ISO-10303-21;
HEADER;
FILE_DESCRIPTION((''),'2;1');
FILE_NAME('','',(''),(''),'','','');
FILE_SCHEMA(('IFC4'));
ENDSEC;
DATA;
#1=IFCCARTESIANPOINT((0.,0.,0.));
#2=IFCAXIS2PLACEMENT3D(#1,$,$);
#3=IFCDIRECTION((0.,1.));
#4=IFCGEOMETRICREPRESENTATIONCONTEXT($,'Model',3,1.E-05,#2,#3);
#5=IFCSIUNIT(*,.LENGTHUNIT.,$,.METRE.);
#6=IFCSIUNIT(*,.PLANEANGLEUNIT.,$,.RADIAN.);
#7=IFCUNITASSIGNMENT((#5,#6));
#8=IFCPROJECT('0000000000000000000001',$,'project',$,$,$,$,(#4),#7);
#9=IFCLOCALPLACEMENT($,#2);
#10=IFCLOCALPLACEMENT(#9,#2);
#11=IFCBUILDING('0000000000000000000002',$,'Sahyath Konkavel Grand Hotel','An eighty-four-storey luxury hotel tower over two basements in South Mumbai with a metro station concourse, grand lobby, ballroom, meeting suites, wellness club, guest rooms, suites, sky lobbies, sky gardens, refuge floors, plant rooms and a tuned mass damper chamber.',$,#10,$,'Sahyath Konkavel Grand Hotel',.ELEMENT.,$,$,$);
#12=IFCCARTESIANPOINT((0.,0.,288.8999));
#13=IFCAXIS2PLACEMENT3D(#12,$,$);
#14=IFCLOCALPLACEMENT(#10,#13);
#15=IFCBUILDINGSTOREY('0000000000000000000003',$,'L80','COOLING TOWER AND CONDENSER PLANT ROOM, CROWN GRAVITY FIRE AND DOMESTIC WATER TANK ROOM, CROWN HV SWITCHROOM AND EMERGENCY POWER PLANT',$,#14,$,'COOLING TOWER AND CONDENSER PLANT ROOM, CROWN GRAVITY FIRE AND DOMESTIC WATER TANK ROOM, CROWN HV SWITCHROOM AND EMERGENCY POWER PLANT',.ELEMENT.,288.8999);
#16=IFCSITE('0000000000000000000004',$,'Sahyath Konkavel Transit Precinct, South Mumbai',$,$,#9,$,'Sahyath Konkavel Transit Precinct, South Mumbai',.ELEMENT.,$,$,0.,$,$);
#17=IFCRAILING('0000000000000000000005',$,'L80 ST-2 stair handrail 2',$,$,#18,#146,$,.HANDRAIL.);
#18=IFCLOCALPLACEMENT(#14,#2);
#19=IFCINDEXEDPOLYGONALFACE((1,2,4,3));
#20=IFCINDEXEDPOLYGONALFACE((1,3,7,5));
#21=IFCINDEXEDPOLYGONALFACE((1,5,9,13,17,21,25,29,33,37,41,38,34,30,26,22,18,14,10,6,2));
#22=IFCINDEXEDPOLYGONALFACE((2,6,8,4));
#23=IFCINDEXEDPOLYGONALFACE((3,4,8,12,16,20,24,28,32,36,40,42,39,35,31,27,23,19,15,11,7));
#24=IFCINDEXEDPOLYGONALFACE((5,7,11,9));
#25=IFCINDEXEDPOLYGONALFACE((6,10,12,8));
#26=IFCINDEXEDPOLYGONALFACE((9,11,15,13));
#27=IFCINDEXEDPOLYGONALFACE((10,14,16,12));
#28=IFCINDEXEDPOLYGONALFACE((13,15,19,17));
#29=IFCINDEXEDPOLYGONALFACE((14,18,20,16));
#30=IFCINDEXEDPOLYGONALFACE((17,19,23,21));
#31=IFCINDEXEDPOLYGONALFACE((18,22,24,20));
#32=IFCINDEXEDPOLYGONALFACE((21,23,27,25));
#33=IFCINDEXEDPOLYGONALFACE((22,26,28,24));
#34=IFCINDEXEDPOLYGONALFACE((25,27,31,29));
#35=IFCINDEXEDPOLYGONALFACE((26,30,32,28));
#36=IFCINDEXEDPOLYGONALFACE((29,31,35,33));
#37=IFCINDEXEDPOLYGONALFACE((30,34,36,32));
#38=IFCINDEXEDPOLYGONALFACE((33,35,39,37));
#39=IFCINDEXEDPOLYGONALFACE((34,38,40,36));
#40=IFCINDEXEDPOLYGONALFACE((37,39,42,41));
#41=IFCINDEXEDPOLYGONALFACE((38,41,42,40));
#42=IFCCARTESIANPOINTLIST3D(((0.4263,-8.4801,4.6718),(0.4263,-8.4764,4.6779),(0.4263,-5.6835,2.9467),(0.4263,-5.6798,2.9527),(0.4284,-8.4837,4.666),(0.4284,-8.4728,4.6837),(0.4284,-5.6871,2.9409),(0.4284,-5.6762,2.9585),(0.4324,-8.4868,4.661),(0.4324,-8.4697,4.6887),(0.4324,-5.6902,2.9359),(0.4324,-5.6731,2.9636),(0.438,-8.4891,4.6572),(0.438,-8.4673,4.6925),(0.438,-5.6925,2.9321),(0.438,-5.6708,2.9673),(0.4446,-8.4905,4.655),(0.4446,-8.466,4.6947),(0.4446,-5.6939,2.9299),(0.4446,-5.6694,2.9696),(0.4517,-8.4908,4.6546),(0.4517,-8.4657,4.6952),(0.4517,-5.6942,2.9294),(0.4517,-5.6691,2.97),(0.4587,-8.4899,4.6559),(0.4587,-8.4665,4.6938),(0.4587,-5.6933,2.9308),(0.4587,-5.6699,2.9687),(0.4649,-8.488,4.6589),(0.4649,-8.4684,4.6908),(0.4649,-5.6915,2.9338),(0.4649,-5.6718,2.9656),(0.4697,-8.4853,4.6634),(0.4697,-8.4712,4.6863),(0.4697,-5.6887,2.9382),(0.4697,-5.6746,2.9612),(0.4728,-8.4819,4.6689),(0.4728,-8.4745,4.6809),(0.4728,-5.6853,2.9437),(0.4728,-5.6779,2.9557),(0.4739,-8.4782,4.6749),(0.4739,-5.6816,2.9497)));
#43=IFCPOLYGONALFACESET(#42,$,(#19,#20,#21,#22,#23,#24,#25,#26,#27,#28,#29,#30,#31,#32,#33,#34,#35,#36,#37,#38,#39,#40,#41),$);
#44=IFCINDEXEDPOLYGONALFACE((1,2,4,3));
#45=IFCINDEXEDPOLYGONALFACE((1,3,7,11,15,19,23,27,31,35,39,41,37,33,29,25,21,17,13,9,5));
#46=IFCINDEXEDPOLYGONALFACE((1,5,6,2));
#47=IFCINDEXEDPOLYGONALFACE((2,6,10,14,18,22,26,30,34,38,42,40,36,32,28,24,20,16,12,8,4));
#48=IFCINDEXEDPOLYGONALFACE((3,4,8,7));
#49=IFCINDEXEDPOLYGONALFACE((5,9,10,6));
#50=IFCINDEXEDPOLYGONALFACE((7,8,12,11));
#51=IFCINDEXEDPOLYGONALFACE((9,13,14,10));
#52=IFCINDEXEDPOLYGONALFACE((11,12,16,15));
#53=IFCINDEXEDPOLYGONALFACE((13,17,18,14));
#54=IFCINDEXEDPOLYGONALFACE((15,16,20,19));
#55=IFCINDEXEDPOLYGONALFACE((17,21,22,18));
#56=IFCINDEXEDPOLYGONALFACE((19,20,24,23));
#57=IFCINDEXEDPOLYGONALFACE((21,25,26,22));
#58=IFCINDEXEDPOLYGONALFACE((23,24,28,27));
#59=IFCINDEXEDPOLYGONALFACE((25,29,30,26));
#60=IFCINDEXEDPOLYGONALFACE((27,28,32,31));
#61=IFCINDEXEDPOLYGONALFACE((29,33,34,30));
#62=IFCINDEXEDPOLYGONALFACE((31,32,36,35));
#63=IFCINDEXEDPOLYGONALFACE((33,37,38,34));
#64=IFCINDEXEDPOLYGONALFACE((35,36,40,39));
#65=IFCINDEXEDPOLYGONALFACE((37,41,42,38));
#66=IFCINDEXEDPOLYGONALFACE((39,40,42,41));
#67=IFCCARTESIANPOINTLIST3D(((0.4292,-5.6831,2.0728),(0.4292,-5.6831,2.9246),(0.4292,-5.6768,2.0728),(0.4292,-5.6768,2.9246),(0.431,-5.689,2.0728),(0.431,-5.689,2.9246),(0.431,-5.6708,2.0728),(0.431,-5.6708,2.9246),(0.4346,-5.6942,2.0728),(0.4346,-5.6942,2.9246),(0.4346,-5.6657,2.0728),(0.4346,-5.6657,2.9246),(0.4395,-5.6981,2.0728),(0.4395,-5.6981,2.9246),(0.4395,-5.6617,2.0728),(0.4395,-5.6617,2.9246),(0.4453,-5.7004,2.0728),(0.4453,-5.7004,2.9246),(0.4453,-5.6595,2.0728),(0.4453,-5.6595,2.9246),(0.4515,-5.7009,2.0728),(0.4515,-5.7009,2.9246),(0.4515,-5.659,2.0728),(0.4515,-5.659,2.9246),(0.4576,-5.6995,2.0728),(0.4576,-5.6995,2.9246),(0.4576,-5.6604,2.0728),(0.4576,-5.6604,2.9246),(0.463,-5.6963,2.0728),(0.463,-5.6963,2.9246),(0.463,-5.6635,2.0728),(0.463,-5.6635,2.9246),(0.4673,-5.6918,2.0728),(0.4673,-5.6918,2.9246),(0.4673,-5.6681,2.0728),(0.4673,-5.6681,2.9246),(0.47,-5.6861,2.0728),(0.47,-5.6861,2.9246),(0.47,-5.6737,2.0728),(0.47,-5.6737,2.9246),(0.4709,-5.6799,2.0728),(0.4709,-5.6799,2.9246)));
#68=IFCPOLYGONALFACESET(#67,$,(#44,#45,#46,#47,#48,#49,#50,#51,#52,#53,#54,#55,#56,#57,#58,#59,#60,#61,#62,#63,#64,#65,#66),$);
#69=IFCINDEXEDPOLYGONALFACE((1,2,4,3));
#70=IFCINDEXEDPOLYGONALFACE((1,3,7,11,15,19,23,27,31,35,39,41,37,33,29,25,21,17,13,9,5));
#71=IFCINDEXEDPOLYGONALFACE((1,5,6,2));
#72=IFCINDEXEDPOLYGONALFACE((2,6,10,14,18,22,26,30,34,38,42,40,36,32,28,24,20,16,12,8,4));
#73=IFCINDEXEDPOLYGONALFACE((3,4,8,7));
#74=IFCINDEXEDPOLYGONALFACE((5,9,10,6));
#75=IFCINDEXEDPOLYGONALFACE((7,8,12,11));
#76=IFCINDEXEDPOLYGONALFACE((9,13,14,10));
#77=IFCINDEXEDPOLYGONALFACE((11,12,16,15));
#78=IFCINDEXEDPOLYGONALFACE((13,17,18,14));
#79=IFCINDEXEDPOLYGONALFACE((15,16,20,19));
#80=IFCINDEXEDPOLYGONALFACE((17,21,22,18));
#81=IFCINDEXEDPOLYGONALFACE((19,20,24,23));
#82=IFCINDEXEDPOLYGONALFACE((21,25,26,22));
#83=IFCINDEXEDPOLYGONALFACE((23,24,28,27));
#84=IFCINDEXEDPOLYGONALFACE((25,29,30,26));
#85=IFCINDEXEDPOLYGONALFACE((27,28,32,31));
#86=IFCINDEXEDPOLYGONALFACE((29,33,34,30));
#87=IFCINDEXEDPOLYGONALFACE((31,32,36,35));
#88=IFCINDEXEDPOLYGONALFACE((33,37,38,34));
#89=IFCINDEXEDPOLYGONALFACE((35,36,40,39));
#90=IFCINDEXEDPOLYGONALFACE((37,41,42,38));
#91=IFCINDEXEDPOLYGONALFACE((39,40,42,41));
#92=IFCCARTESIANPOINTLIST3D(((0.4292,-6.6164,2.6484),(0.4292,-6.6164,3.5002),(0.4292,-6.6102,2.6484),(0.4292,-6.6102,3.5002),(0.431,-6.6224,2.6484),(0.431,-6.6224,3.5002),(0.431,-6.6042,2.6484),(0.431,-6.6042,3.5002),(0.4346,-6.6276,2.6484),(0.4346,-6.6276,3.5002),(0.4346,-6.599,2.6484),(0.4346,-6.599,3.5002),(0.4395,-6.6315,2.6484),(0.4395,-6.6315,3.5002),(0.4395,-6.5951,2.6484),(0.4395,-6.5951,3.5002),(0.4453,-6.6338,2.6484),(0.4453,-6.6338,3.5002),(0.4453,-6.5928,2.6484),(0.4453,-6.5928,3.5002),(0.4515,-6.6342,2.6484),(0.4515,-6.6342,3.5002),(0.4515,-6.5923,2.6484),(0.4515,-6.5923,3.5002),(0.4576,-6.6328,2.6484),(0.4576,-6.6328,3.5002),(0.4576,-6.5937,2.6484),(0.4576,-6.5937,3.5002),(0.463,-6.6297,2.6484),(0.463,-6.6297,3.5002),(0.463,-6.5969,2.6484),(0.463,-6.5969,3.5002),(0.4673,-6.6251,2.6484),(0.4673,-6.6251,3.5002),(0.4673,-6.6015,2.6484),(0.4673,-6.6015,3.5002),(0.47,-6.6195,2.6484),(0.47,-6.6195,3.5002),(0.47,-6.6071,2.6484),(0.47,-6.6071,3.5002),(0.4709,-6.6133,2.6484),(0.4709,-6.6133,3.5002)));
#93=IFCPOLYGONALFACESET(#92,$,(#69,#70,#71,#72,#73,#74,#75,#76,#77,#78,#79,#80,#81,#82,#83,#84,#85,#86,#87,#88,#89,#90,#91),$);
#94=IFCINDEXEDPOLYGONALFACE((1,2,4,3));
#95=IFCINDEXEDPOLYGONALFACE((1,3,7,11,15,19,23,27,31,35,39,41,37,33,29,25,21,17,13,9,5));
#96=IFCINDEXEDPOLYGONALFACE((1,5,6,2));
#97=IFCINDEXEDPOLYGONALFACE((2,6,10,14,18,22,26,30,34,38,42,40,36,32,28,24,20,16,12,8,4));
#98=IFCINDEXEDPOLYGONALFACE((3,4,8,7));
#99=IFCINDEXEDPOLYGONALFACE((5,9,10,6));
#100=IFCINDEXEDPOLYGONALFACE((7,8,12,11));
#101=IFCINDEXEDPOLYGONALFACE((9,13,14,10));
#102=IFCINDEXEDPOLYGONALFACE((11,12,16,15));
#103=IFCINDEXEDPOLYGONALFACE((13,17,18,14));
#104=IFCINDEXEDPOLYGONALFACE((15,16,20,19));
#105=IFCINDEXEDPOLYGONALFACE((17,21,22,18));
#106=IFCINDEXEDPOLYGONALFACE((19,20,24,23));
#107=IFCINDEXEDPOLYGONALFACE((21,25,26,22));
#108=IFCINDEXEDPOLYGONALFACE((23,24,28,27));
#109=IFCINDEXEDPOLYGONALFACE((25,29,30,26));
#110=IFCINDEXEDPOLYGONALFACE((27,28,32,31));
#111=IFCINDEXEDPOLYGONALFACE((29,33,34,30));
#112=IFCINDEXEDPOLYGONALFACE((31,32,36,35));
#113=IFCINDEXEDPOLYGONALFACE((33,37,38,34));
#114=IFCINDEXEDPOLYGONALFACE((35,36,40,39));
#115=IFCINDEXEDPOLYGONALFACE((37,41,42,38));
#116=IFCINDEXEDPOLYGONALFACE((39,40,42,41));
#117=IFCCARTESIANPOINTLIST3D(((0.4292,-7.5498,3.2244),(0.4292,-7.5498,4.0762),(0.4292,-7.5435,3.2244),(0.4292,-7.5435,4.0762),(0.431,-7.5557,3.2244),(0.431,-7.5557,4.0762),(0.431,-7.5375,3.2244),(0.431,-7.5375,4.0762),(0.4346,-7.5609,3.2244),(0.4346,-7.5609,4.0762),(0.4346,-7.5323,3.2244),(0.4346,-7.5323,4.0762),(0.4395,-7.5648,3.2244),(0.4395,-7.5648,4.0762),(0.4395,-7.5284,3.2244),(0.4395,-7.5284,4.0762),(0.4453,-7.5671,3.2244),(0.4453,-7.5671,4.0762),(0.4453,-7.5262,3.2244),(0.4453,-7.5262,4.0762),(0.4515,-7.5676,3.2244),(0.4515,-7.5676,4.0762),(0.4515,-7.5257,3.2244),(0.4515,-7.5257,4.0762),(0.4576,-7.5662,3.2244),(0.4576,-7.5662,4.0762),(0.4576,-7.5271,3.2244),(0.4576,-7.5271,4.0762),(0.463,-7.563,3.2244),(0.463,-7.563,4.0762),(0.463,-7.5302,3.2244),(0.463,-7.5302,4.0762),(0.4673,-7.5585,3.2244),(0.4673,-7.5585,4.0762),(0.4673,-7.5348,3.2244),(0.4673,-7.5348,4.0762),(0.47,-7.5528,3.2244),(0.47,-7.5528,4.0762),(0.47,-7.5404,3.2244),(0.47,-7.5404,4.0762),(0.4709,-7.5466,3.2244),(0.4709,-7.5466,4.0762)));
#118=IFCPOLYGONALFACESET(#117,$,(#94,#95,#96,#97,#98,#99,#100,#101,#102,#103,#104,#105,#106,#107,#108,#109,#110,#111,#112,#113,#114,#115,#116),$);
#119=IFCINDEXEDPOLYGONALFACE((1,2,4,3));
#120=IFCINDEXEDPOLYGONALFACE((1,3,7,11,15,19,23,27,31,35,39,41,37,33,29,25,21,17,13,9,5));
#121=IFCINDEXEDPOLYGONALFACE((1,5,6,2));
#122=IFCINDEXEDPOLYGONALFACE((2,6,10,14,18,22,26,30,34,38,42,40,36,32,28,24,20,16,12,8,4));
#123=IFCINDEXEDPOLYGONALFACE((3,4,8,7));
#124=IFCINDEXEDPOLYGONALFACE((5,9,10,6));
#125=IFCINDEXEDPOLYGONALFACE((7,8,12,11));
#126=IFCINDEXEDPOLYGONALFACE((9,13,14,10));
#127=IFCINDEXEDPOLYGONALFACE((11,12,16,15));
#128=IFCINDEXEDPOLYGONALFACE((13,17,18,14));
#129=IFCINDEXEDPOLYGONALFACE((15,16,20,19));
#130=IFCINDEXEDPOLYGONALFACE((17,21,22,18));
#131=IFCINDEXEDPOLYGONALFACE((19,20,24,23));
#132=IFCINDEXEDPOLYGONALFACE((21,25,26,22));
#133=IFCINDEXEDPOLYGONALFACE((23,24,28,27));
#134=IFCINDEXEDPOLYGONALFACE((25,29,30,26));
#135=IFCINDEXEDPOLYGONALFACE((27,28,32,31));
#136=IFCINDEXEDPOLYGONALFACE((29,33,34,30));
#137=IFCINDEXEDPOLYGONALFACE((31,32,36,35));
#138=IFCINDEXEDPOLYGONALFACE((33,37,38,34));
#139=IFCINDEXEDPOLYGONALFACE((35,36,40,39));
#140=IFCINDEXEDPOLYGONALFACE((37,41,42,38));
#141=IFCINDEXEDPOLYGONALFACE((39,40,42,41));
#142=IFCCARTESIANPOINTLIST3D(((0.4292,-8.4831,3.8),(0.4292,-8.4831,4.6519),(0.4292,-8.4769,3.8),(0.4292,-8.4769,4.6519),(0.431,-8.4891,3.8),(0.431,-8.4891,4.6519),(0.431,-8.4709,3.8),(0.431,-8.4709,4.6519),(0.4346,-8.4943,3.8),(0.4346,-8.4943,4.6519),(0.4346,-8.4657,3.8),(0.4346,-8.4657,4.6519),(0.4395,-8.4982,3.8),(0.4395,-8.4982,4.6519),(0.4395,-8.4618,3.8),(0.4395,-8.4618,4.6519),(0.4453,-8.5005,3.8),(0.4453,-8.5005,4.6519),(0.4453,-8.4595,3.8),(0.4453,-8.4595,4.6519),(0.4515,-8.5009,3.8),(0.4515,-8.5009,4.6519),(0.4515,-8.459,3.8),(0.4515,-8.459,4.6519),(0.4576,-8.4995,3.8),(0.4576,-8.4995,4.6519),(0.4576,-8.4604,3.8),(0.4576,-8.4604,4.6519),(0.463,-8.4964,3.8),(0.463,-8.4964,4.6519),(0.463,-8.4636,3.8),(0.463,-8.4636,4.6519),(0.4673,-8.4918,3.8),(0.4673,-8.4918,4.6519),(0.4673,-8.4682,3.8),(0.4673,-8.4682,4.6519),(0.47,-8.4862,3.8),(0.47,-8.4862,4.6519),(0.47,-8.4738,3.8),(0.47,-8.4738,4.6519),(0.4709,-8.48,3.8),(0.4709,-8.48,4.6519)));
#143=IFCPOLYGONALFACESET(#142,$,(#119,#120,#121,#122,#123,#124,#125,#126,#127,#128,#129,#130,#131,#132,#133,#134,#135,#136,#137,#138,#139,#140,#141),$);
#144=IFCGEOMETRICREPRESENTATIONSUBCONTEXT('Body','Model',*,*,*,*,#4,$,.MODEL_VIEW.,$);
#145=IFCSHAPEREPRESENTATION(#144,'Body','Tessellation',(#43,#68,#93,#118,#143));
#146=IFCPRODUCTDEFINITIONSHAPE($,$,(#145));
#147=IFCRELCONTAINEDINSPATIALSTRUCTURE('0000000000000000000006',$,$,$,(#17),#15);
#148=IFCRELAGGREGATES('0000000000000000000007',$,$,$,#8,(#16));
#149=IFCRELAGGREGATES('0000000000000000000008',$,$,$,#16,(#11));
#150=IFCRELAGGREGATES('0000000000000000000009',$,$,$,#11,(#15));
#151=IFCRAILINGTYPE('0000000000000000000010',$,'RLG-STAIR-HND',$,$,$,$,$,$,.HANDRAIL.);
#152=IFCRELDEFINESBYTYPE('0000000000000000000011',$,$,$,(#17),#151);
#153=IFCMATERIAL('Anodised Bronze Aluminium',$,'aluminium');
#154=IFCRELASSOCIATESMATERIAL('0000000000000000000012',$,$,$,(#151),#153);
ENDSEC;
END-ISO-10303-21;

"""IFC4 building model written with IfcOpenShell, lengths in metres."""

from ifc_helpers import new_model, si_unit, direction, frame, origin, origin_2d, place, context, subcontext, project, spatial, circle, extrude, material, type_object, element, save


model = new_model("IFC4")

# Units and contexts
model_context = context("Model", 3, precision=1e-05, world=origin(), true_north=direction((0.0, 1.0)))
body_context = subcontext(model_context, "Body", "Model", "MODEL_VIEW")
ifc_project = project(units=[si_unit("LENGTHUNIT", "METRE"), si_unit("PLANEANGLEUNIT", "RADIAN")], contexts=[model_context])

# Site, building, storey
site_placement = place(None, origin())
site = spatial("IfcSite", under=ifc_project, at=site_placement, Name="Sahyath Konkavel Transit Precinct, South Mumbai", LongName="Sahyath Konkavel Transit Precinct, South Mumbai", CompositionType="ELEMENT", RefElevation=0.0)
building_placement = place(site_placement, origin())
building = spatial("IfcBuilding", under=site, at=building_placement, Name="Sahyath Konkavel Grand Hotel", Description="An eighty-four-storey luxury hotel tower over two basements in South Mumbai with a metro station concourse, grand lobby, ballroom, meeting suites, wellness club, guest rooms, suites, sky lobbies, sky gardens, refuge floors, plant rooms and a tuned mass damper chamber.", LongName="Sahyath Konkavel Grand Hotel", CompositionType="ELEMENT")
storey_placement = place(building_placement, frame((0.0, 0.0, 288.8999)))
storey = spatial("IfcBuildingStorey", under=building, at=storey_placement, Name="L80", Description="COOLING TOWER AND CONDENSER PLANT ROOM, CROWN GRAVITY FIRE AND DOMESTIC WATER TANK ROOM, CROWN HV SWITCHROOM AND EMERGENCY POWER PLANT", LongName="COOLING TOWER AND CONDENSER PLANT ROOM, CROWN GRAVITY FIRE AND DOMESTIC WATER TANK ROOM, CROWN HV SWITCHROOM AND EMERGENCY POWER PLANT", CompositionType="ELEMENT", Elevation=288.8999)

# Railing
ifc_material_1 = material(Name="Anodised Bronze Aluminium", Category="aluminium")
railing_type_1 = type_object("IfcRailingType", Name="RLG-STAIR-HND", PredefinedType="HANDRAIL", material=ifc_material_1)
railing_1_placement = place(storey_placement, frame((0.45, -5.6799, 2.0728)))
element("IfcRailing", 1, at=railing_1_placement, inside=storey, type_object=railing_type_1, Name="L80 ST-2 stair handrail 2", PredefinedType="HANDRAIL", context=body_context, shape_type="SweptSolid", body=[
    extrude(circle(Radius=0.0239, at=origin_2d()), frame((0.0, -0.0017, 0.877), z_axis=(0.0, -0.85109, 0.52502), x_axis=(1.0, 0.0, 0.0)), (0.0, 0.0, 1.0), 3.2859),
    extrude(circle(Radius=0.021, at=origin_2d()), origin(), (0.0, 0.0, 1.0), 0.8518),
    extrude(circle(Radius=0.021, at=origin_2d()), frame((0.0, -0.9333, 0.5757)), (0.0, 0.0, 1.0), 0.8518),
    extrude(circle(Radius=0.021, at=origin_2d()), frame((0.0, -1.8667, 1.1516)), (0.0, 0.0, 1.0), 0.8518),
    extrude(circle(Radius=0.021, at=origin_2d()), frame((0.0, -2.8, 1.7273)), (0.0, 0.0, 1.0), 0.8518),
])

save(model, "model.ifc")
